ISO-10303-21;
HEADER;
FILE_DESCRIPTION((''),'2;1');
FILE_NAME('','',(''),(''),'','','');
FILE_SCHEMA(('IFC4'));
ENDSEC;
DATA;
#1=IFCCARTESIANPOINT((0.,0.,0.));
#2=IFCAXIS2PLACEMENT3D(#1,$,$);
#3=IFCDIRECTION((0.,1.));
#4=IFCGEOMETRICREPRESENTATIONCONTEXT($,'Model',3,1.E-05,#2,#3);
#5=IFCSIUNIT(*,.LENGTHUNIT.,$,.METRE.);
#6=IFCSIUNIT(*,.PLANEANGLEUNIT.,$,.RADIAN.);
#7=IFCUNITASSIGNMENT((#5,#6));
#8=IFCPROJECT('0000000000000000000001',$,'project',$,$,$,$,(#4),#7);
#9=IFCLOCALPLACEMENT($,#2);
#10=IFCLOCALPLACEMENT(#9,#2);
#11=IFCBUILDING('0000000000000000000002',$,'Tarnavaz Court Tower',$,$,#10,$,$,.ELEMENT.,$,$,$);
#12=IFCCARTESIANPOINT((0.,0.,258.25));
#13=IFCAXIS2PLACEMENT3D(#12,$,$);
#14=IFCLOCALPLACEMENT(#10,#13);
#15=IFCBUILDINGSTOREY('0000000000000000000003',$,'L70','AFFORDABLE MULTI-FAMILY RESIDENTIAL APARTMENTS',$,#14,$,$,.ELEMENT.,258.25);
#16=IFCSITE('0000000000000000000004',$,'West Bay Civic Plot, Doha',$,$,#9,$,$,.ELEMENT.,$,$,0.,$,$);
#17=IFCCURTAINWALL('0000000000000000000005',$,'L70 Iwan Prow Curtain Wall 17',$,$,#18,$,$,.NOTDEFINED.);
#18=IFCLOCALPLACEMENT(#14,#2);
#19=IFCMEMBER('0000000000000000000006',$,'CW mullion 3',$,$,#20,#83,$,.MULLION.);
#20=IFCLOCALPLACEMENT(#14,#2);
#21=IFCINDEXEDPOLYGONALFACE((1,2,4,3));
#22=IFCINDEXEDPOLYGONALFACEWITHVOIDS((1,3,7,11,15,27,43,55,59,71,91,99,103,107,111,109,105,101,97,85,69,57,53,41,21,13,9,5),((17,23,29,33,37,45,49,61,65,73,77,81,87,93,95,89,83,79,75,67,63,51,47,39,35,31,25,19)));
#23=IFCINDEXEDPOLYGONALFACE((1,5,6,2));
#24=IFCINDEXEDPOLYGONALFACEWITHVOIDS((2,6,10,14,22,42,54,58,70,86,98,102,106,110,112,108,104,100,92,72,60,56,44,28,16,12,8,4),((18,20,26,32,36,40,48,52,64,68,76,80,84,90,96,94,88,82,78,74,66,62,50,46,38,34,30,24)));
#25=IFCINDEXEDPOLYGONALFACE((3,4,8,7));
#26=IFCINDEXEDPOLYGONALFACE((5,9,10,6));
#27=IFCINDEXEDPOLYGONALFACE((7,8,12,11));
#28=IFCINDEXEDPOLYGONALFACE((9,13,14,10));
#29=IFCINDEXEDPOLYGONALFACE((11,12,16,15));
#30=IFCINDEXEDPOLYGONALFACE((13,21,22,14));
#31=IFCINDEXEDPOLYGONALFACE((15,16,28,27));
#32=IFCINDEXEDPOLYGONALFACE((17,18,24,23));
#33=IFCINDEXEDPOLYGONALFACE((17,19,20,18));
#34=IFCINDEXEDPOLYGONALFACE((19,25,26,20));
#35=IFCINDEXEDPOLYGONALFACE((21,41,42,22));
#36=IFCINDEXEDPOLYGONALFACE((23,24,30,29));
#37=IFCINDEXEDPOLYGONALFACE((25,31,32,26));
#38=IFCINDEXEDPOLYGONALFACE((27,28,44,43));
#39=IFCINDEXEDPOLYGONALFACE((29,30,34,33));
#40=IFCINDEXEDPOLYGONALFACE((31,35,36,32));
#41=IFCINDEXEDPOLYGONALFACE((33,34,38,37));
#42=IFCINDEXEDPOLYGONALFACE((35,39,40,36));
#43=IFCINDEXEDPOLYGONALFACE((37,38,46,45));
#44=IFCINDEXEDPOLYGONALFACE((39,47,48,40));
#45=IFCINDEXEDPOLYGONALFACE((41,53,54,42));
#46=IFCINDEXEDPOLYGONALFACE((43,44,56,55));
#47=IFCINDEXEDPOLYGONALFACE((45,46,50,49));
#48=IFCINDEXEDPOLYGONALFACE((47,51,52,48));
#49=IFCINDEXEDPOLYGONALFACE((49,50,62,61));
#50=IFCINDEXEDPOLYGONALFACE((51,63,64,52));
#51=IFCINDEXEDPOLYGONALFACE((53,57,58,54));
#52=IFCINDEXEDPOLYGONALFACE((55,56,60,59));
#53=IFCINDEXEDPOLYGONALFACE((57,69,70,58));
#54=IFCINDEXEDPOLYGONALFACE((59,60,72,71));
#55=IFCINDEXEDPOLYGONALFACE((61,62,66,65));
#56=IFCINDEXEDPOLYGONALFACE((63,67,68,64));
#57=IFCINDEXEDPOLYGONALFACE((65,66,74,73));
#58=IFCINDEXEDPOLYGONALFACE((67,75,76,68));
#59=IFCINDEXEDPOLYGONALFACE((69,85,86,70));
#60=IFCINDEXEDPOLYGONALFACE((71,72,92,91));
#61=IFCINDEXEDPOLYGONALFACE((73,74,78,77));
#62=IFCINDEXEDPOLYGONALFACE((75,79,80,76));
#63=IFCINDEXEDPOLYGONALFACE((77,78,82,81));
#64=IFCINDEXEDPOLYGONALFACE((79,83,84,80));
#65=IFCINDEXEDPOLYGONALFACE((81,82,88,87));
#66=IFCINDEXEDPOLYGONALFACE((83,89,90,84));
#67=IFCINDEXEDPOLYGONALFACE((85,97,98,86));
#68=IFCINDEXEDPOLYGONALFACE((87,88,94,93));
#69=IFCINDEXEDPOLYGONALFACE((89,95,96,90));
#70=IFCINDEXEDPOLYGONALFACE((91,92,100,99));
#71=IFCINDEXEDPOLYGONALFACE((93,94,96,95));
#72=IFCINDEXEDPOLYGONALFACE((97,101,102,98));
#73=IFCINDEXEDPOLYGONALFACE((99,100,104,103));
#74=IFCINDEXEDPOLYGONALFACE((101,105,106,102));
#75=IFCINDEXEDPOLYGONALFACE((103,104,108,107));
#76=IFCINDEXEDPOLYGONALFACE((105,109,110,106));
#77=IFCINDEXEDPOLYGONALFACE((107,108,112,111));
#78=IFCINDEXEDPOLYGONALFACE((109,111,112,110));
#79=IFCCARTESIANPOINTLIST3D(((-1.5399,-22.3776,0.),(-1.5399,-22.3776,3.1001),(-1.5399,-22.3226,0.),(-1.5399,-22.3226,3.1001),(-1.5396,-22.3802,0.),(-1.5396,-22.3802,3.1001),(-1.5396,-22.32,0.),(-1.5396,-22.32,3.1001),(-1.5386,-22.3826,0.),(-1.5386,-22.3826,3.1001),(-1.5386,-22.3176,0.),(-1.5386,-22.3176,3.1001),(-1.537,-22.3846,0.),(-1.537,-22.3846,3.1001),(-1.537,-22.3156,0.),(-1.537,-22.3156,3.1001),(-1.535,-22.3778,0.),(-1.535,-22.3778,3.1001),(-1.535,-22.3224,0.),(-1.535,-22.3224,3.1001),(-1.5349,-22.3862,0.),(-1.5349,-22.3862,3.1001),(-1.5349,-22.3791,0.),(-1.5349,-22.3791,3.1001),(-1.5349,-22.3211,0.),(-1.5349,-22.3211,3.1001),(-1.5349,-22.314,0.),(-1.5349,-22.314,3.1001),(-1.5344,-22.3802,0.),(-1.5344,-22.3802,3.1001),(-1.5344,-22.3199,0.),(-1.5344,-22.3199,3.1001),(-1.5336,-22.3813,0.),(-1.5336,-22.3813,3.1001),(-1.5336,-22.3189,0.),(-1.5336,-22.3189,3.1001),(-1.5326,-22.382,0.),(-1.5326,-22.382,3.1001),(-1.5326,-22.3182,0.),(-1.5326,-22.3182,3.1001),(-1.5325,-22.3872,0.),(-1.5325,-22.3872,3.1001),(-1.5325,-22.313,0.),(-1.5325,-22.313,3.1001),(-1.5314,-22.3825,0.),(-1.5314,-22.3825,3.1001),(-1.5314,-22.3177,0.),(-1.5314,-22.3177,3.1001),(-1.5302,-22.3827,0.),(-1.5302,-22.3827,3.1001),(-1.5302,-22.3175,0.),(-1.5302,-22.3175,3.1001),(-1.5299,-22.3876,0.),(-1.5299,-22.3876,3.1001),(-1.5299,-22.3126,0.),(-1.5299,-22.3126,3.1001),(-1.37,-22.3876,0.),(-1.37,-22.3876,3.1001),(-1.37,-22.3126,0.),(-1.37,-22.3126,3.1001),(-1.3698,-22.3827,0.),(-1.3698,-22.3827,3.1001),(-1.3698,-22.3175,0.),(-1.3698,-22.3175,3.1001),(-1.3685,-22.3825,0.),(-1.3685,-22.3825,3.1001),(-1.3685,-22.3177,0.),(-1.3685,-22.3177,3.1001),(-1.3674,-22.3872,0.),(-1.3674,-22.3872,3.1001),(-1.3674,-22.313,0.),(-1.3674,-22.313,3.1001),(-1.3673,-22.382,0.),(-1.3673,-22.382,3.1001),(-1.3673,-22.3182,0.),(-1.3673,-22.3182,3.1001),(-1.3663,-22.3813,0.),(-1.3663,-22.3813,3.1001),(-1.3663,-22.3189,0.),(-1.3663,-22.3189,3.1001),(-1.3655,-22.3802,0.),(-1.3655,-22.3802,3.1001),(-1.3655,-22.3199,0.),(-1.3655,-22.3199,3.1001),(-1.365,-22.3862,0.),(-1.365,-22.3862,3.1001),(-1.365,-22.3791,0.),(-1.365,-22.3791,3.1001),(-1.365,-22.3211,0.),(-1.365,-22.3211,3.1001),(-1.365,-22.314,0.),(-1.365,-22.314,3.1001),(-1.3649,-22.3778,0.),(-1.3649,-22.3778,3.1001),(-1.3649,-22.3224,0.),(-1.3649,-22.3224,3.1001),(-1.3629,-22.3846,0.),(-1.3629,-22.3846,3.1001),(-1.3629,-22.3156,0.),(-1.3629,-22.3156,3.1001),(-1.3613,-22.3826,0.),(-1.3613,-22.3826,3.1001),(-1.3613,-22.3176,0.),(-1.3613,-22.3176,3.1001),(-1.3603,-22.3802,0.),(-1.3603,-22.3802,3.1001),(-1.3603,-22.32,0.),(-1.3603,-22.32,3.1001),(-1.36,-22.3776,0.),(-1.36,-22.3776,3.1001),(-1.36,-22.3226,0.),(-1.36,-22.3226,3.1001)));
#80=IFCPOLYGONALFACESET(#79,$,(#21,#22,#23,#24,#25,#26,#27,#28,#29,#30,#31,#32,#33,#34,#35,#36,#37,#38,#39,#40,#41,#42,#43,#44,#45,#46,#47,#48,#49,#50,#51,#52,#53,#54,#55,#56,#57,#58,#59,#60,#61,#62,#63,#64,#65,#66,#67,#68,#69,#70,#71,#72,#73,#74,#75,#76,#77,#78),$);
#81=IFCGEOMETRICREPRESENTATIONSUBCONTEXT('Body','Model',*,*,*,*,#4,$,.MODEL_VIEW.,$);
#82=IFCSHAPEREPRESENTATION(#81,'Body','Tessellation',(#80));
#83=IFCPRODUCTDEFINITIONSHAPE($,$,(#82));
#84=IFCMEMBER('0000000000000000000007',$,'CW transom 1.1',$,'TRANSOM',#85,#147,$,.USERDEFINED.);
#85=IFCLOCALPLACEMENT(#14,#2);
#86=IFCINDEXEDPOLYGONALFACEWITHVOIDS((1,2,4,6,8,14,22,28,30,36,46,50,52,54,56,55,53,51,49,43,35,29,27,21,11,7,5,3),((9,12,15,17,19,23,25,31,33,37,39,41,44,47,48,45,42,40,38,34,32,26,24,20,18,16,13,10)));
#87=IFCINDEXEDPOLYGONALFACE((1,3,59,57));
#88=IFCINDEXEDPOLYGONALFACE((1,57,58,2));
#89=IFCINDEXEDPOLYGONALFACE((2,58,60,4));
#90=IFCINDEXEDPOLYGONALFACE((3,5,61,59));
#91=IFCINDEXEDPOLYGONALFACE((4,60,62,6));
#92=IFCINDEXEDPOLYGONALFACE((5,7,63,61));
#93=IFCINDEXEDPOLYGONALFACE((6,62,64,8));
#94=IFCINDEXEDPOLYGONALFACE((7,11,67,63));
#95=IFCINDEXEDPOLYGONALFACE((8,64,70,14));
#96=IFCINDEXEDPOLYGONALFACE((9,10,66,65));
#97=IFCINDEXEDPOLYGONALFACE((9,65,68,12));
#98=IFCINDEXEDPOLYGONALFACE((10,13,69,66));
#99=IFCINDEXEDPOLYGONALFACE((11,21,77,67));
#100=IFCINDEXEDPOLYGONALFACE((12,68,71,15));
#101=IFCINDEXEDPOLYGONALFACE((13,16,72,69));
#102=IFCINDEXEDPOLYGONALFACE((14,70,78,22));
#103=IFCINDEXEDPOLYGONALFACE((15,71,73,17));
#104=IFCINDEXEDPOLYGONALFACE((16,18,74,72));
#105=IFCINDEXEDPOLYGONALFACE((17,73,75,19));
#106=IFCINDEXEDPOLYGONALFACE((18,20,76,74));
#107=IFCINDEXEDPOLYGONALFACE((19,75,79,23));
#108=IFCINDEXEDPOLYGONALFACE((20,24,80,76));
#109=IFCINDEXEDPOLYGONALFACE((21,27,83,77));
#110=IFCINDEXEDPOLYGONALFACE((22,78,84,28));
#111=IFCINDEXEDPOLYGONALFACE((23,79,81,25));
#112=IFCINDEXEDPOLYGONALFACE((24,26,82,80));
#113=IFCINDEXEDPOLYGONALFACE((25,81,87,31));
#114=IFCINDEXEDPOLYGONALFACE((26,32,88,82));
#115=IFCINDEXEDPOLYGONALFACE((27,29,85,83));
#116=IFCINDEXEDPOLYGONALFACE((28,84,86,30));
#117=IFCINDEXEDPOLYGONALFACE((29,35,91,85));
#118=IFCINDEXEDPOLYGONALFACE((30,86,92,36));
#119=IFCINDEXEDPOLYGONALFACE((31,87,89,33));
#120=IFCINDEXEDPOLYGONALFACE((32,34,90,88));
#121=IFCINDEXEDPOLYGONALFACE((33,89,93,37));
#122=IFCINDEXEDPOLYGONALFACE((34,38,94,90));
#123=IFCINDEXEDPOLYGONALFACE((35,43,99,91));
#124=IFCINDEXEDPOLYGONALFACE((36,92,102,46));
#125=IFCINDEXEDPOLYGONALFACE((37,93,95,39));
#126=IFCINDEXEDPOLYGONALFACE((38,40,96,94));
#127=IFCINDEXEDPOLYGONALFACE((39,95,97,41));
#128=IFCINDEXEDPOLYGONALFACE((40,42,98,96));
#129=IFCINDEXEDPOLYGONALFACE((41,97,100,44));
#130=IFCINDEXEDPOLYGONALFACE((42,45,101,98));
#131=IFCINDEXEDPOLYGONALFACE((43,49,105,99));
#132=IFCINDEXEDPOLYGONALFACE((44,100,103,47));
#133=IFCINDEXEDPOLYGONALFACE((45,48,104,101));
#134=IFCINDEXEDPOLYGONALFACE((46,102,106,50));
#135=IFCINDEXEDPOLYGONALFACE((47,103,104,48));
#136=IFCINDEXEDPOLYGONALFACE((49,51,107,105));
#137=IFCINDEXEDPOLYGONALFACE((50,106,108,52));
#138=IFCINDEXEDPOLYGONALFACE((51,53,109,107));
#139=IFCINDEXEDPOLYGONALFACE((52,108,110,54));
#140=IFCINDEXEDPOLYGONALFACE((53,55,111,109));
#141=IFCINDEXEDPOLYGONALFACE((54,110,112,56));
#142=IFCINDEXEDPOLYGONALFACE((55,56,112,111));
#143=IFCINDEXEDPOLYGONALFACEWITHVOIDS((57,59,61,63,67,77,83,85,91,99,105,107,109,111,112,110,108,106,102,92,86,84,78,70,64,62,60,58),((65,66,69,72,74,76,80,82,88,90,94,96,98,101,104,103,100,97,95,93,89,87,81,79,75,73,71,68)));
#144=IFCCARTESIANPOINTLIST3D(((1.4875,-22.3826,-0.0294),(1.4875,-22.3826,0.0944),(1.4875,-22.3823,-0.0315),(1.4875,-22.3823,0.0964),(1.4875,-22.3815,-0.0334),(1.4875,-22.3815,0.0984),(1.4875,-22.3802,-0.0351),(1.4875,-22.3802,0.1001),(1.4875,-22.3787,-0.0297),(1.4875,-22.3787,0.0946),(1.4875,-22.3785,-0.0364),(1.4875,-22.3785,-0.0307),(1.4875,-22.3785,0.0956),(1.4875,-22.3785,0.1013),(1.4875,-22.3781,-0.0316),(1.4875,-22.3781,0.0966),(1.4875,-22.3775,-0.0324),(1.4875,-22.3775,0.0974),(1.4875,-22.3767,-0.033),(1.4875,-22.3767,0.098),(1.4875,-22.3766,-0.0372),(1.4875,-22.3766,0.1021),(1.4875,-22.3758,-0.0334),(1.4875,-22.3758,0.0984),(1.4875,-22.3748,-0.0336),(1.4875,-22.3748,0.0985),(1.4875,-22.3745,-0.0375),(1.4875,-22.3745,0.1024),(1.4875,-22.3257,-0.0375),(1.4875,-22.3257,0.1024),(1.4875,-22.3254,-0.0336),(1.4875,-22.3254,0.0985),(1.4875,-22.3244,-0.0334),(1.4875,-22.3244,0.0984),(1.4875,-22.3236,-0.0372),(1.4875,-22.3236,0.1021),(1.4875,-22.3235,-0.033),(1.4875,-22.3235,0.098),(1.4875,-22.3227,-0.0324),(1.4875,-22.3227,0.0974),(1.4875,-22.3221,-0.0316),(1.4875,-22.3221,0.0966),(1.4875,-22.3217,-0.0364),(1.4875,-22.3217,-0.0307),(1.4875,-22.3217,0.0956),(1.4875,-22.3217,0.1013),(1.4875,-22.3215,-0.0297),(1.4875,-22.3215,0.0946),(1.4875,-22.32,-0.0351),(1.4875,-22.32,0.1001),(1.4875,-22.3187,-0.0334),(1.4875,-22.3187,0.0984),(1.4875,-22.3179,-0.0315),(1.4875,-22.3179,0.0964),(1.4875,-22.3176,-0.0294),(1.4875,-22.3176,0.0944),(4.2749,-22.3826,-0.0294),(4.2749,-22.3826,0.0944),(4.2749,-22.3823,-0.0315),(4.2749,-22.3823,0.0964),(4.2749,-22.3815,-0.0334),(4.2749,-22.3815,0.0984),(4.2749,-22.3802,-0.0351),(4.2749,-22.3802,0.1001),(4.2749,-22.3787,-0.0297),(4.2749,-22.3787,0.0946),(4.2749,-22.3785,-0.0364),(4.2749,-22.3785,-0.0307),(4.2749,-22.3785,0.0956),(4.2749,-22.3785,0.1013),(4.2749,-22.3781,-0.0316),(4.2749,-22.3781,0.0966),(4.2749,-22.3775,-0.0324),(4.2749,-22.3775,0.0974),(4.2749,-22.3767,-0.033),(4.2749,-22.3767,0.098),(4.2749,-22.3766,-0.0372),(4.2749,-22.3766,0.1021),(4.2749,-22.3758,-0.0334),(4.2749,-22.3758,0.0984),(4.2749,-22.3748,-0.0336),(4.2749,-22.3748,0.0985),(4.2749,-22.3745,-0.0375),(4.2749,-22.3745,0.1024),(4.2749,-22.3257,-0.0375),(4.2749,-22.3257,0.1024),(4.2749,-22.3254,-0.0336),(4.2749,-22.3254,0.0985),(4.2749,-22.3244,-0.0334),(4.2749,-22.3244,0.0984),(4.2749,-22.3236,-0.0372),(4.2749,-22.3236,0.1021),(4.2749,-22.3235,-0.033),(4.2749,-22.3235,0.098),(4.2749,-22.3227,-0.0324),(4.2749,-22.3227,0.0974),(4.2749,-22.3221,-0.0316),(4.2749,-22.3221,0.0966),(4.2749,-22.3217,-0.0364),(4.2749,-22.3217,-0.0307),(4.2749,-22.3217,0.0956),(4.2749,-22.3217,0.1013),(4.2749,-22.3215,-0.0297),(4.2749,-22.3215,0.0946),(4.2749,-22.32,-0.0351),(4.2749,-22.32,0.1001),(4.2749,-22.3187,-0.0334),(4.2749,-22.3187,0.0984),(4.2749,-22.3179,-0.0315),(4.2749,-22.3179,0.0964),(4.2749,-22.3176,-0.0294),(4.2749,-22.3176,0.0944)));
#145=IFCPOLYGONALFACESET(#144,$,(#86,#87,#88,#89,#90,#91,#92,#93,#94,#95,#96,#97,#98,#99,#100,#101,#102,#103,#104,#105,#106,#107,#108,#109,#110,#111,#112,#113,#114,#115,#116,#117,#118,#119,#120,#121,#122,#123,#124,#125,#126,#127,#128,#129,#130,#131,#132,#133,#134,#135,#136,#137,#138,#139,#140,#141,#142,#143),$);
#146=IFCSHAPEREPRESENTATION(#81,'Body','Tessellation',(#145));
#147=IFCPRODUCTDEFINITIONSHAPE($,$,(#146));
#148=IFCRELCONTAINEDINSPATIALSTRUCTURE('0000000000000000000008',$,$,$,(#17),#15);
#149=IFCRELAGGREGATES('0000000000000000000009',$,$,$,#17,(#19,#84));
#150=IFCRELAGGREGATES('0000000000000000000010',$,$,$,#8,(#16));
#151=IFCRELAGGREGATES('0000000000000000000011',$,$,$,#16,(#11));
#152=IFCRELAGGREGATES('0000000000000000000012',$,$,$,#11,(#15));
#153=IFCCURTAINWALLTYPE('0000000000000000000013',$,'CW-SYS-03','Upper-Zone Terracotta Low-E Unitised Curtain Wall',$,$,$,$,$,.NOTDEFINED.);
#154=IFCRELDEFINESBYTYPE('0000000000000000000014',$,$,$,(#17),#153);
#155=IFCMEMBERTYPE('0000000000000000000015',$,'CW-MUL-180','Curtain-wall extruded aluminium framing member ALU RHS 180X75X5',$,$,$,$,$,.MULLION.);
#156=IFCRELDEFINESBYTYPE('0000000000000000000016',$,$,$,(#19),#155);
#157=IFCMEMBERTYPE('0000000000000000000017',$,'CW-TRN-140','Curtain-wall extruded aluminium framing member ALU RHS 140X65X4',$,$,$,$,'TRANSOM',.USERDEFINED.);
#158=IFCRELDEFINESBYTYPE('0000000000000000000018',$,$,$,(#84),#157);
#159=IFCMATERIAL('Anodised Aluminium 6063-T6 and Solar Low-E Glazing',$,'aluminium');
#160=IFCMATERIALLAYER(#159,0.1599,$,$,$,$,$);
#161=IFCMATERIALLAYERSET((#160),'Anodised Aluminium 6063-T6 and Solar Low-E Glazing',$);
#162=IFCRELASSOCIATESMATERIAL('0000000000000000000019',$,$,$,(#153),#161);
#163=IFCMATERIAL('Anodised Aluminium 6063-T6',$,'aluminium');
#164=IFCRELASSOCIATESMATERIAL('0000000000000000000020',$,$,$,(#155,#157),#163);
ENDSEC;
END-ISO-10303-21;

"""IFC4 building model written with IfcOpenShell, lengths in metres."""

from ifc_helpers import new_model, si_unit, direction, frame, origin, origin_2d, place, context, subcontext, project, spatial, hollow_rectangle, extrude, material, layer, layer_set, material_profile, profile_set, type_object, element, aggregate, save


model = new_model("IFC4")

# Units and contexts
model_context = context("Model", 3, precision=1e-05, world=origin(), true_north=direction((0.0, 1.0)))
body_context = subcontext(model_context, "Body", "Model", "MODEL_VIEW")
ifc_project = project(units=[si_unit("LENGTHUNIT", "METRE"), si_unit("PLANEANGLEUNIT", "RADIAN")], contexts=[model_context])

# Site, building, storey
site_placement = place(None, origin())
site = spatial("IfcSite", under=ifc_project, at=site_placement, Name="West Bay Civic Plot, Doha", CompositionType="ELEMENT", RefElevation=0.0)
building_placement = place(site_placement, origin())
building = spatial("IfcBuilding", under=site, at=building_placement, Name="Tarnavaz Court Tower", CompositionType="ELEMENT")
storey_placement = place(building_placement, frame((0.0, 0.0, 258.25)))
storey = spatial("IfcBuildingStorey", under=building, at=storey_placement, Name="L70", Description="AFFORDABLE MULTI-FAMILY RESIDENTIAL APARTMENTS", CompositionType="ELEMENT", Elevation=258.25)

# Curtain wall, members
ifc_material_1 = material(Name="Anodised Aluminium 6063-T6 and Solar Low-E Glazing", Category="aluminium")
ifc_layer_1 = layer(ifc_material_1, 0.1599)
ifc_layer_set_1 = layer_set([ifc_layer_1], Name="Anodised Aluminium 6063-T6 and Solar Low-E Glazing")
curtain_wall_type = type_object("IfcCurtainWallType", Name="CW-SYS-03", Description="Upper-Zone Terracotta Low-E Unitised Curtain Wall", PredefinedType="NOTDEFINED", material=ifc_layer_set_1)
curtain_wall_placement = place(storey_placement, origin())
curtain_wall = element("IfcCurtainWall", 1, at=curtain_wall_placement, inside=storey, type_object=curtain_wall_type, Name="L70 Iwan Prow Curtain Wall 17", PredefinedType="NOTDEFINED")
ifc_material_2 = material(Name="Anodised Aluminium 6063-T6", Category="aluminium")
ifc_material_profile_1 = material_profile(ifc_material_2, hollow_rectangle(XDim=0.075, YDim=0.1799, WallThickness=0.0049, InnerFilletRadius=0.0049, OuterFilletRadius=0.01, at=origin_2d()), Name="ALU RHS 180X75X5")
ifc_profile_set_1 = profile_set([ifc_material_profile_1], Name="Anodised Aluminium 6063-T6")
member_type_1 = type_object("IfcMemberType", Name="CW-MUL-180", Description="Curtain-wall extruded aluminium framing member ALU RHS 180X75X5", PredefinedType="MULLION", material=ifc_profile_set_1)
member_1_placement = place(storey_placement, frame((-1.45, -22.3501, 0.0), z_axis=(0.0, 0.0, 1.0), x_axis=(0.0, -1.0, 0.0)))
member_1 = element("IfcMember", 2, at=member_1_placement, type_object=member_type_1, Name="CW mullion 3", PredefinedType="MULLION", context=body_context, shape_type="SweptSolid", body=[
    extrude(hollow_rectangle(XDim=0.075, YDim=0.1799, WallThickness=0.0049, InnerFilletRadius=0.0049, OuterFilletRadius=0.01, at=origin_2d()), origin(), (0.0, 0.0, 1.0), 3.1001),
])
ifc_material_profile_2 = material_profile(ifc_material_2, hollow_rectangle(XDim=0.0649, YDim=0.1399, WallThickness=0.0039, InnerFilletRadius=0.0039, OuterFilletRadius=0.0081, at=origin_2d()), Name="ALU RHS 140X65X4")
ifc_profile_set_2 = profile_set([ifc_material_profile_2], Name="Anodised Aluminium 6063-T6")
member_type_2 = type_object("IfcMemberType", Name="CW-TRN-140", Description="Curtain-wall extruded aluminium framing member ALU RHS 140X65X4", ElementType="TRANSOM", PredefinedType="USERDEFINED", material=ifc_profile_set_2)
member_2_placement = place(storey_placement, frame((4.2749, -22.3501, 0.0325), z_axis=(-1.0, 0.0, 0.0), x_axis=(0.0, -1.0, 0.0)))
member_2 = element("IfcMember", 3, at=member_2_placement, type_object=member_type_2, Name="CW transom 1.1", ObjectType="TRANSOM", PredefinedType="USERDEFINED", context=body_context, shape_type="SweptSolid", body=[
    extrude(hollow_rectangle(XDim=0.0649, YDim=0.1399, WallThickness=0.0039, InnerFilletRadius=0.0039, OuterFilletRadius=0.0081, at=origin_2d()), origin(), (0.0, 0.0, 1.0), 2.7874),
])
aggregate(curtain_wall, [member_1, member_2])

save(model, "model.ifc")
